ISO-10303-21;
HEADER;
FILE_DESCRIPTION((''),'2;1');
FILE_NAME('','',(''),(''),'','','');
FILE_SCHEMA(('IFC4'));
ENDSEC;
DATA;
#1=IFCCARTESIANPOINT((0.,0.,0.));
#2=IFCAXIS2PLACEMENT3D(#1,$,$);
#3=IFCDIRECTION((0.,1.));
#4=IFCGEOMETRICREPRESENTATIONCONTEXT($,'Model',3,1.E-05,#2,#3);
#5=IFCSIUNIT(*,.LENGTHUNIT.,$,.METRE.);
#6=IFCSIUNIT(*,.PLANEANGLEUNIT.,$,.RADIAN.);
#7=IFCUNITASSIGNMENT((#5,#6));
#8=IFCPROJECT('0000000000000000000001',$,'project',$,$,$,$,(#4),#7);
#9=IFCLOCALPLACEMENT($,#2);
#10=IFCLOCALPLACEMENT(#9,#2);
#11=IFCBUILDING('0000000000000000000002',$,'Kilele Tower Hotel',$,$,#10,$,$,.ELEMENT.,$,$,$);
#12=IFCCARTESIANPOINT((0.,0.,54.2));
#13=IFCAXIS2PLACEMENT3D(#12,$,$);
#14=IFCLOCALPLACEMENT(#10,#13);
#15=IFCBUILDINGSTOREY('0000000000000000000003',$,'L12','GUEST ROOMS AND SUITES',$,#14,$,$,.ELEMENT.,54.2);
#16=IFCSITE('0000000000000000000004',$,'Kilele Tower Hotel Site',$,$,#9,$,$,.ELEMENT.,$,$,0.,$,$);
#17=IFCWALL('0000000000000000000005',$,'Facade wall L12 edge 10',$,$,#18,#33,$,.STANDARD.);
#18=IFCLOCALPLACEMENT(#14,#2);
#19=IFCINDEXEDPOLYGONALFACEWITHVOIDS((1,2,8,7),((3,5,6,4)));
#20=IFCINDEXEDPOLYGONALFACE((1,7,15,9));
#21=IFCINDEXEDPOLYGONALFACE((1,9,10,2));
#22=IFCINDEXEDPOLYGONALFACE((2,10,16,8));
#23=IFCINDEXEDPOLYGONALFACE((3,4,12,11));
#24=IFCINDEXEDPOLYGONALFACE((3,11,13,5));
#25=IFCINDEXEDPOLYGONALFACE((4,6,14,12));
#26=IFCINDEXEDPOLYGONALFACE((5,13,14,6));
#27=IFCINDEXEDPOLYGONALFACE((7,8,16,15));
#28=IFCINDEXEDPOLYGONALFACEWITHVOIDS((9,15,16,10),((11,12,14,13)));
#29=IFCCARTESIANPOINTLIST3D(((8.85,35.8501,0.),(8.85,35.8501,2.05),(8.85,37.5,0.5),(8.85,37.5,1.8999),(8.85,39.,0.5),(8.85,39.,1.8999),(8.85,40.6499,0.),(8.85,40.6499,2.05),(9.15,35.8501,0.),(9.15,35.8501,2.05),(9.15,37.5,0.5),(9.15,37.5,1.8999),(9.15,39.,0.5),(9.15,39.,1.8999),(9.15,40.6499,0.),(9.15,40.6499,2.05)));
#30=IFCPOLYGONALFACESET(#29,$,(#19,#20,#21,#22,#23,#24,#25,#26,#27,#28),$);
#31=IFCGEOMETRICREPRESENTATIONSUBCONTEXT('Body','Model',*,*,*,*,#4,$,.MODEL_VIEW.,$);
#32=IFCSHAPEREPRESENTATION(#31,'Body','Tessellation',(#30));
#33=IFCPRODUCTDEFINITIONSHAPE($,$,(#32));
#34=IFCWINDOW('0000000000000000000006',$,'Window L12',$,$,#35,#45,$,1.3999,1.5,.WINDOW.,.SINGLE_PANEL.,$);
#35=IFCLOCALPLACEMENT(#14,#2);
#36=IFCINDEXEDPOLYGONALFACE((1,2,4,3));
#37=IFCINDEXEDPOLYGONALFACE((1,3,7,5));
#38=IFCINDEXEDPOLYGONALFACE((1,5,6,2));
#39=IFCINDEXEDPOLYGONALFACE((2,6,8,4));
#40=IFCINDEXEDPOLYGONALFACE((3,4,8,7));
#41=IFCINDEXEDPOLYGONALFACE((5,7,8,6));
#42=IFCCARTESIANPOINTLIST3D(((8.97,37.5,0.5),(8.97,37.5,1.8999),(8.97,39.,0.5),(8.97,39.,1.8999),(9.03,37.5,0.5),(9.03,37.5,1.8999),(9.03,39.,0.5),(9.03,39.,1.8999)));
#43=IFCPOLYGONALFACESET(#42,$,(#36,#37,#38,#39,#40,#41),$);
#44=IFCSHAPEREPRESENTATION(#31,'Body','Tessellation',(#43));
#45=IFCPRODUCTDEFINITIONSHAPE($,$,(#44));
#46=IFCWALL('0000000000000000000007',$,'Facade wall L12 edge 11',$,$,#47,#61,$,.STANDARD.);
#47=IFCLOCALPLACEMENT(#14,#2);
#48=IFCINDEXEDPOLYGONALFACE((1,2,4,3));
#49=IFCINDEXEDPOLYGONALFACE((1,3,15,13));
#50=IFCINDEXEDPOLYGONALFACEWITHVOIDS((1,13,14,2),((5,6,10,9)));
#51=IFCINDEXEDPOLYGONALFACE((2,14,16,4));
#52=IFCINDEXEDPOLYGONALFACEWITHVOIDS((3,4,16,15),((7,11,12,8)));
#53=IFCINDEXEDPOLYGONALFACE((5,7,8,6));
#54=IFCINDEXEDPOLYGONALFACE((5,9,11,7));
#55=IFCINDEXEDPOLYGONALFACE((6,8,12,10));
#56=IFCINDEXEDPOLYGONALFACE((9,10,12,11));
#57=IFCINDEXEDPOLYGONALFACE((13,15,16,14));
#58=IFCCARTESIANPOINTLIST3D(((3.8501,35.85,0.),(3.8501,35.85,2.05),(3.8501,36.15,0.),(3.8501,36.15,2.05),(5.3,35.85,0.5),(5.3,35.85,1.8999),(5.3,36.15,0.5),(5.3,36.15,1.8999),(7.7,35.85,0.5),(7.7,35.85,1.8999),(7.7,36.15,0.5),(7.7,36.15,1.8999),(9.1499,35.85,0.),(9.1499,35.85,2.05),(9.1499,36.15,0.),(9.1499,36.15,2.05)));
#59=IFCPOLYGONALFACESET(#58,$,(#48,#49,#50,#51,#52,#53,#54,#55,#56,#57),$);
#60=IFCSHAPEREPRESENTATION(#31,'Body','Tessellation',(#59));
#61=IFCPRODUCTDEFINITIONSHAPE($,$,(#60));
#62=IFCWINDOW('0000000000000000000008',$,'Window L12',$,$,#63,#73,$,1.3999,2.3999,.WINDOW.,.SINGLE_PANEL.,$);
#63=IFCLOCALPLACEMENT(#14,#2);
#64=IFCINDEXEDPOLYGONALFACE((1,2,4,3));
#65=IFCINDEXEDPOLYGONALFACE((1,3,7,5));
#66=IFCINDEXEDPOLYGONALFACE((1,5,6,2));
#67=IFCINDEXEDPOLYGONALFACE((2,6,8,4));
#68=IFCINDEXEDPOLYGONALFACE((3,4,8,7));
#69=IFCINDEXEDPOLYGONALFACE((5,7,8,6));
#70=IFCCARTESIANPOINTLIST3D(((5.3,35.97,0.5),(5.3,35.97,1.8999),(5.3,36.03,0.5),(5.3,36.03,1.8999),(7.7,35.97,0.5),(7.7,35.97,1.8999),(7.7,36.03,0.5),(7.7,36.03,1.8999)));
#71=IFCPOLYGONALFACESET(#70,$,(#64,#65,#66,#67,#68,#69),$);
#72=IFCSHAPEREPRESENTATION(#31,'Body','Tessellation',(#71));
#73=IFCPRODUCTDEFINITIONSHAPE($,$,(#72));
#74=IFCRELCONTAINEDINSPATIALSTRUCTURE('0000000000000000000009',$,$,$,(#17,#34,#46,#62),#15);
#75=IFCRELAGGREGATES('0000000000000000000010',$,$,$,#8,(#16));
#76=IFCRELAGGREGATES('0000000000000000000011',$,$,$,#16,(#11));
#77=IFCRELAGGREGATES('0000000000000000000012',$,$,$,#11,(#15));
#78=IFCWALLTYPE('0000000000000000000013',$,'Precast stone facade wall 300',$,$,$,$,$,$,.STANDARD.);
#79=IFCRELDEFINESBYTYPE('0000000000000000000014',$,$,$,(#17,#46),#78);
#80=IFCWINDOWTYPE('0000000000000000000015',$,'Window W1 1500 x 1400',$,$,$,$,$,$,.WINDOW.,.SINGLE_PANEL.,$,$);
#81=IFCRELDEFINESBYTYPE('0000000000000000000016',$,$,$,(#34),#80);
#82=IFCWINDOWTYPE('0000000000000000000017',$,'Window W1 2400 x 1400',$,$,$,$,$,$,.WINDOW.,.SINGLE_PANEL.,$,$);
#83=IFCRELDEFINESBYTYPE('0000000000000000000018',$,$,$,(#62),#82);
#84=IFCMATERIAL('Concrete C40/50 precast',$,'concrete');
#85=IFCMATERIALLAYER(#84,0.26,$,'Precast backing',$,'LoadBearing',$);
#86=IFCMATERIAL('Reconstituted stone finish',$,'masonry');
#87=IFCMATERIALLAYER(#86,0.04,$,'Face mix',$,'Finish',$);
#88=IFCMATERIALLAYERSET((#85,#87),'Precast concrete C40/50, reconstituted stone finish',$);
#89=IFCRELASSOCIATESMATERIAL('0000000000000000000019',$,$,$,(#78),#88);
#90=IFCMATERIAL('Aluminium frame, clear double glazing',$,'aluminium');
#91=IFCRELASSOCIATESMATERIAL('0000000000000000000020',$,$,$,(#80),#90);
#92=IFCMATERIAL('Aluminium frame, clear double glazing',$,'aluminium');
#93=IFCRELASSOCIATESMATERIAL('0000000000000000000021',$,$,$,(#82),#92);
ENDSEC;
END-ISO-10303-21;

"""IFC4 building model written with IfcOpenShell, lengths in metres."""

from ifc_helpers import new_model, si_unit, direction, frame, frame_2d, origin, place, context, subcontext, project, spatial, rectangle, extrude, material, layer, layer_set, type_object, element, fill, save


model = new_model("IFC4")

# Units and contexts
model_context = context("Model", 3, precision=1e-05, world=origin(), true_north=direction((0.0, 1.0)))
body_context = subcontext(model_context, "Body", "Model", "MODEL_VIEW")
ifc_project = project(units=[si_unit("LENGTHUNIT", "METRE"), si_unit("PLANEANGLEUNIT", "RADIAN")], contexts=[model_context])

# Site, building, storey
site_placement = place(None, origin())
site = spatial("IfcSite", under=ifc_project, at=site_placement, Name="Kilele Tower Hotel Site", CompositionType="ELEMENT", RefElevation=0.0)
building_placement = place(site_placement, origin())
building = spatial("IfcBuilding", under=site, at=building_placement, Name="Kilele Tower Hotel", CompositionType="ELEMENT")
storey_placement = place(building_placement, frame((0.0, 0.0, 54.2)))
storey = spatial("IfcBuildingStorey", under=building, at=storey_placement, Name="L12", Description="GUEST ROOMS AND SUITES", CompositionType="ELEMENT", Elevation=54.2)

# Walls, openings, windows
ifc_material_1 = material(Name="Concrete C40/50 precast", Category="concrete")
ifc_layer_1 = layer(ifc_material_1, 0.26, Name="Precast backing", Category="LoadBearing")
ifc_material_2 = material(Name="Reconstituted stone finish", Category="masonry")
ifc_layer_2 = layer(ifc_material_2, 0.04, Name="Face mix", Category="Finish")
ifc_layer_set_1 = layer_set([ifc_layer_1, ifc_layer_2], Name="Precast concrete C40/50, reconstituted stone finish")
wall_type_1 = type_object("IfcWallType", Name="Precast stone facade wall 300", PredefinedType="STANDARD", material=ifc_layer_set_1)
wall_1_placement = place(storey_placement, frame((9.0, 40.6499, 0.0), z_axis=(0.0, 0.0, 1.0), x_axis=(0.0, -1.0, 0.0)))
wall_1 = element("IfcWall", 1, at=wall_1_placement, inside=storey, type_object=wall_type_1, Name="Facade wall L12 edge 10", PredefinedType="STANDARD", context=body_context, shape_type="SweptSolid", body=[
    extrude(rectangle(XDim=4.7998, YDim=0.3, at=frame_2d((2.3999, 0.0))), origin(), (0.0, 0.0, 1.0), 2.05),
])
opening_1_placement = place(wall_1_placement, frame((1.6499, 0.0, 0.5)))
opening_1 = element("IfcOpeningElement", 2, at=opening_1_placement, cuts=wall_1, PredefinedType="OPENING", context=body_context, shape_type="SweptSolid", body=[
    extrude(rectangle(XDim=1.5, YDim=1.3999, at=frame_2d((0.75, 0.7))), frame((0.0, 0.1599, 0.0), z_axis=(0.0, -1.0, 0.0), x_axis=(1.0, 0.0, 0.0)), (0.0, 0.0, 1.0), 0.3201),
])
ifc_material_3 = material(Name="Aluminium frame, clear double glazing", Category="aluminium")
window_type_1 = type_object("IfcWindowType", Name="Window W1 1500 x 1400", PartitioningType="SINGLE_PANEL", PredefinedType="WINDOW", material=ifc_material_3)
window_1_placement = place(opening_1_placement, origin())
window_1 = element("IfcWindow", 3, at=window_1_placement, inside=storey, type_object=window_type_1, Name="Window L12", OverallHeight=1.3999, OverallWidth=1.5, PartitioningType="SINGLE_PANEL", PredefinedType="WINDOW", context=body_context, shape_type="SweptSolid", body=[
    extrude(rectangle(XDim=1.5, YDim=1.3999, at=frame_2d((0.75, 0.7))), frame((0.0, 0.03, 0.0), z_axis=(0.0, -1.0, 0.0), x_axis=(1.0, 0.0, 0.0)), (0.0, 0.0, 1.0), 0.0601),
])
fill(opening_1, window_1)
wall_2_placement = place(storey_placement, frame((9.1499, 36.0, 0.0), z_axis=(0.0, 0.0, 1.0), x_axis=(-1.0, 0.0, 0.0)))
wall_2 = element("IfcWall", 4, at=wall_2_placement, inside=storey, type_object=wall_type_1, Name="Facade wall L12 edge 11", PredefinedType="STANDARD", context=body_context, shape_type="SweptSolid", body=[
    extrude(rectangle(XDim=5.2998, YDim=0.3, at=frame_2d((2.6499, 0.0))), origin(), (0.0, 0.0, 1.0), 2.05),
])
opening_2_placement = place(wall_2_placement, frame((1.45, 0.0, 0.5)))
opening_2 = element("IfcOpeningElement", 5, at=opening_2_placement, cuts=wall_2, PredefinedType="OPENING", context=body_context, shape_type="SweptSolid", body=[
    extrude(rectangle(XDim=2.3999, YDim=1.3999, at=frame_2d((1.2, 0.7))), frame((0.0, 0.1599, 0.0), z_axis=(0.0, -1.0, 0.0), x_axis=(1.0, 0.0, 0.0)), (0.0, 0.0, 1.0), 0.3201),
])
ifc_material_4 = material(Name="Aluminium frame, clear double glazing", Category="aluminium")
window_type_2 = type_object("IfcWindowType", Name="Window W1 2400 x 1400", PartitioningType="SINGLE_PANEL", PredefinedType="WINDOW", material=ifc_material_4)
window_2_placement = place(opening_2_placement, origin())
window_2 = element("IfcWindow", 6, at=window_2_placement, inside=storey, type_object=window_type_2, Name="Window L12", OverallHeight=1.3999, OverallWidth=2.3999, PartitioningType="SINGLE_PANEL", PredefinedType="WINDOW", context=body_context, shape_type="SweptSolid", body=[
    extrude(rectangle(XDim=2.3999, YDim=1.3999, at=frame_2d((1.2, 0.7))), frame((0.0, 0.03, 0.0), z_axis=(0.0, -1.0, 0.0), x_axis=(1.0, 0.0, 0.0)), (0.0, 0.0, 1.0), 0.0601),
])
fill(opening_2, window_2)

save(model, "model.ifc")
